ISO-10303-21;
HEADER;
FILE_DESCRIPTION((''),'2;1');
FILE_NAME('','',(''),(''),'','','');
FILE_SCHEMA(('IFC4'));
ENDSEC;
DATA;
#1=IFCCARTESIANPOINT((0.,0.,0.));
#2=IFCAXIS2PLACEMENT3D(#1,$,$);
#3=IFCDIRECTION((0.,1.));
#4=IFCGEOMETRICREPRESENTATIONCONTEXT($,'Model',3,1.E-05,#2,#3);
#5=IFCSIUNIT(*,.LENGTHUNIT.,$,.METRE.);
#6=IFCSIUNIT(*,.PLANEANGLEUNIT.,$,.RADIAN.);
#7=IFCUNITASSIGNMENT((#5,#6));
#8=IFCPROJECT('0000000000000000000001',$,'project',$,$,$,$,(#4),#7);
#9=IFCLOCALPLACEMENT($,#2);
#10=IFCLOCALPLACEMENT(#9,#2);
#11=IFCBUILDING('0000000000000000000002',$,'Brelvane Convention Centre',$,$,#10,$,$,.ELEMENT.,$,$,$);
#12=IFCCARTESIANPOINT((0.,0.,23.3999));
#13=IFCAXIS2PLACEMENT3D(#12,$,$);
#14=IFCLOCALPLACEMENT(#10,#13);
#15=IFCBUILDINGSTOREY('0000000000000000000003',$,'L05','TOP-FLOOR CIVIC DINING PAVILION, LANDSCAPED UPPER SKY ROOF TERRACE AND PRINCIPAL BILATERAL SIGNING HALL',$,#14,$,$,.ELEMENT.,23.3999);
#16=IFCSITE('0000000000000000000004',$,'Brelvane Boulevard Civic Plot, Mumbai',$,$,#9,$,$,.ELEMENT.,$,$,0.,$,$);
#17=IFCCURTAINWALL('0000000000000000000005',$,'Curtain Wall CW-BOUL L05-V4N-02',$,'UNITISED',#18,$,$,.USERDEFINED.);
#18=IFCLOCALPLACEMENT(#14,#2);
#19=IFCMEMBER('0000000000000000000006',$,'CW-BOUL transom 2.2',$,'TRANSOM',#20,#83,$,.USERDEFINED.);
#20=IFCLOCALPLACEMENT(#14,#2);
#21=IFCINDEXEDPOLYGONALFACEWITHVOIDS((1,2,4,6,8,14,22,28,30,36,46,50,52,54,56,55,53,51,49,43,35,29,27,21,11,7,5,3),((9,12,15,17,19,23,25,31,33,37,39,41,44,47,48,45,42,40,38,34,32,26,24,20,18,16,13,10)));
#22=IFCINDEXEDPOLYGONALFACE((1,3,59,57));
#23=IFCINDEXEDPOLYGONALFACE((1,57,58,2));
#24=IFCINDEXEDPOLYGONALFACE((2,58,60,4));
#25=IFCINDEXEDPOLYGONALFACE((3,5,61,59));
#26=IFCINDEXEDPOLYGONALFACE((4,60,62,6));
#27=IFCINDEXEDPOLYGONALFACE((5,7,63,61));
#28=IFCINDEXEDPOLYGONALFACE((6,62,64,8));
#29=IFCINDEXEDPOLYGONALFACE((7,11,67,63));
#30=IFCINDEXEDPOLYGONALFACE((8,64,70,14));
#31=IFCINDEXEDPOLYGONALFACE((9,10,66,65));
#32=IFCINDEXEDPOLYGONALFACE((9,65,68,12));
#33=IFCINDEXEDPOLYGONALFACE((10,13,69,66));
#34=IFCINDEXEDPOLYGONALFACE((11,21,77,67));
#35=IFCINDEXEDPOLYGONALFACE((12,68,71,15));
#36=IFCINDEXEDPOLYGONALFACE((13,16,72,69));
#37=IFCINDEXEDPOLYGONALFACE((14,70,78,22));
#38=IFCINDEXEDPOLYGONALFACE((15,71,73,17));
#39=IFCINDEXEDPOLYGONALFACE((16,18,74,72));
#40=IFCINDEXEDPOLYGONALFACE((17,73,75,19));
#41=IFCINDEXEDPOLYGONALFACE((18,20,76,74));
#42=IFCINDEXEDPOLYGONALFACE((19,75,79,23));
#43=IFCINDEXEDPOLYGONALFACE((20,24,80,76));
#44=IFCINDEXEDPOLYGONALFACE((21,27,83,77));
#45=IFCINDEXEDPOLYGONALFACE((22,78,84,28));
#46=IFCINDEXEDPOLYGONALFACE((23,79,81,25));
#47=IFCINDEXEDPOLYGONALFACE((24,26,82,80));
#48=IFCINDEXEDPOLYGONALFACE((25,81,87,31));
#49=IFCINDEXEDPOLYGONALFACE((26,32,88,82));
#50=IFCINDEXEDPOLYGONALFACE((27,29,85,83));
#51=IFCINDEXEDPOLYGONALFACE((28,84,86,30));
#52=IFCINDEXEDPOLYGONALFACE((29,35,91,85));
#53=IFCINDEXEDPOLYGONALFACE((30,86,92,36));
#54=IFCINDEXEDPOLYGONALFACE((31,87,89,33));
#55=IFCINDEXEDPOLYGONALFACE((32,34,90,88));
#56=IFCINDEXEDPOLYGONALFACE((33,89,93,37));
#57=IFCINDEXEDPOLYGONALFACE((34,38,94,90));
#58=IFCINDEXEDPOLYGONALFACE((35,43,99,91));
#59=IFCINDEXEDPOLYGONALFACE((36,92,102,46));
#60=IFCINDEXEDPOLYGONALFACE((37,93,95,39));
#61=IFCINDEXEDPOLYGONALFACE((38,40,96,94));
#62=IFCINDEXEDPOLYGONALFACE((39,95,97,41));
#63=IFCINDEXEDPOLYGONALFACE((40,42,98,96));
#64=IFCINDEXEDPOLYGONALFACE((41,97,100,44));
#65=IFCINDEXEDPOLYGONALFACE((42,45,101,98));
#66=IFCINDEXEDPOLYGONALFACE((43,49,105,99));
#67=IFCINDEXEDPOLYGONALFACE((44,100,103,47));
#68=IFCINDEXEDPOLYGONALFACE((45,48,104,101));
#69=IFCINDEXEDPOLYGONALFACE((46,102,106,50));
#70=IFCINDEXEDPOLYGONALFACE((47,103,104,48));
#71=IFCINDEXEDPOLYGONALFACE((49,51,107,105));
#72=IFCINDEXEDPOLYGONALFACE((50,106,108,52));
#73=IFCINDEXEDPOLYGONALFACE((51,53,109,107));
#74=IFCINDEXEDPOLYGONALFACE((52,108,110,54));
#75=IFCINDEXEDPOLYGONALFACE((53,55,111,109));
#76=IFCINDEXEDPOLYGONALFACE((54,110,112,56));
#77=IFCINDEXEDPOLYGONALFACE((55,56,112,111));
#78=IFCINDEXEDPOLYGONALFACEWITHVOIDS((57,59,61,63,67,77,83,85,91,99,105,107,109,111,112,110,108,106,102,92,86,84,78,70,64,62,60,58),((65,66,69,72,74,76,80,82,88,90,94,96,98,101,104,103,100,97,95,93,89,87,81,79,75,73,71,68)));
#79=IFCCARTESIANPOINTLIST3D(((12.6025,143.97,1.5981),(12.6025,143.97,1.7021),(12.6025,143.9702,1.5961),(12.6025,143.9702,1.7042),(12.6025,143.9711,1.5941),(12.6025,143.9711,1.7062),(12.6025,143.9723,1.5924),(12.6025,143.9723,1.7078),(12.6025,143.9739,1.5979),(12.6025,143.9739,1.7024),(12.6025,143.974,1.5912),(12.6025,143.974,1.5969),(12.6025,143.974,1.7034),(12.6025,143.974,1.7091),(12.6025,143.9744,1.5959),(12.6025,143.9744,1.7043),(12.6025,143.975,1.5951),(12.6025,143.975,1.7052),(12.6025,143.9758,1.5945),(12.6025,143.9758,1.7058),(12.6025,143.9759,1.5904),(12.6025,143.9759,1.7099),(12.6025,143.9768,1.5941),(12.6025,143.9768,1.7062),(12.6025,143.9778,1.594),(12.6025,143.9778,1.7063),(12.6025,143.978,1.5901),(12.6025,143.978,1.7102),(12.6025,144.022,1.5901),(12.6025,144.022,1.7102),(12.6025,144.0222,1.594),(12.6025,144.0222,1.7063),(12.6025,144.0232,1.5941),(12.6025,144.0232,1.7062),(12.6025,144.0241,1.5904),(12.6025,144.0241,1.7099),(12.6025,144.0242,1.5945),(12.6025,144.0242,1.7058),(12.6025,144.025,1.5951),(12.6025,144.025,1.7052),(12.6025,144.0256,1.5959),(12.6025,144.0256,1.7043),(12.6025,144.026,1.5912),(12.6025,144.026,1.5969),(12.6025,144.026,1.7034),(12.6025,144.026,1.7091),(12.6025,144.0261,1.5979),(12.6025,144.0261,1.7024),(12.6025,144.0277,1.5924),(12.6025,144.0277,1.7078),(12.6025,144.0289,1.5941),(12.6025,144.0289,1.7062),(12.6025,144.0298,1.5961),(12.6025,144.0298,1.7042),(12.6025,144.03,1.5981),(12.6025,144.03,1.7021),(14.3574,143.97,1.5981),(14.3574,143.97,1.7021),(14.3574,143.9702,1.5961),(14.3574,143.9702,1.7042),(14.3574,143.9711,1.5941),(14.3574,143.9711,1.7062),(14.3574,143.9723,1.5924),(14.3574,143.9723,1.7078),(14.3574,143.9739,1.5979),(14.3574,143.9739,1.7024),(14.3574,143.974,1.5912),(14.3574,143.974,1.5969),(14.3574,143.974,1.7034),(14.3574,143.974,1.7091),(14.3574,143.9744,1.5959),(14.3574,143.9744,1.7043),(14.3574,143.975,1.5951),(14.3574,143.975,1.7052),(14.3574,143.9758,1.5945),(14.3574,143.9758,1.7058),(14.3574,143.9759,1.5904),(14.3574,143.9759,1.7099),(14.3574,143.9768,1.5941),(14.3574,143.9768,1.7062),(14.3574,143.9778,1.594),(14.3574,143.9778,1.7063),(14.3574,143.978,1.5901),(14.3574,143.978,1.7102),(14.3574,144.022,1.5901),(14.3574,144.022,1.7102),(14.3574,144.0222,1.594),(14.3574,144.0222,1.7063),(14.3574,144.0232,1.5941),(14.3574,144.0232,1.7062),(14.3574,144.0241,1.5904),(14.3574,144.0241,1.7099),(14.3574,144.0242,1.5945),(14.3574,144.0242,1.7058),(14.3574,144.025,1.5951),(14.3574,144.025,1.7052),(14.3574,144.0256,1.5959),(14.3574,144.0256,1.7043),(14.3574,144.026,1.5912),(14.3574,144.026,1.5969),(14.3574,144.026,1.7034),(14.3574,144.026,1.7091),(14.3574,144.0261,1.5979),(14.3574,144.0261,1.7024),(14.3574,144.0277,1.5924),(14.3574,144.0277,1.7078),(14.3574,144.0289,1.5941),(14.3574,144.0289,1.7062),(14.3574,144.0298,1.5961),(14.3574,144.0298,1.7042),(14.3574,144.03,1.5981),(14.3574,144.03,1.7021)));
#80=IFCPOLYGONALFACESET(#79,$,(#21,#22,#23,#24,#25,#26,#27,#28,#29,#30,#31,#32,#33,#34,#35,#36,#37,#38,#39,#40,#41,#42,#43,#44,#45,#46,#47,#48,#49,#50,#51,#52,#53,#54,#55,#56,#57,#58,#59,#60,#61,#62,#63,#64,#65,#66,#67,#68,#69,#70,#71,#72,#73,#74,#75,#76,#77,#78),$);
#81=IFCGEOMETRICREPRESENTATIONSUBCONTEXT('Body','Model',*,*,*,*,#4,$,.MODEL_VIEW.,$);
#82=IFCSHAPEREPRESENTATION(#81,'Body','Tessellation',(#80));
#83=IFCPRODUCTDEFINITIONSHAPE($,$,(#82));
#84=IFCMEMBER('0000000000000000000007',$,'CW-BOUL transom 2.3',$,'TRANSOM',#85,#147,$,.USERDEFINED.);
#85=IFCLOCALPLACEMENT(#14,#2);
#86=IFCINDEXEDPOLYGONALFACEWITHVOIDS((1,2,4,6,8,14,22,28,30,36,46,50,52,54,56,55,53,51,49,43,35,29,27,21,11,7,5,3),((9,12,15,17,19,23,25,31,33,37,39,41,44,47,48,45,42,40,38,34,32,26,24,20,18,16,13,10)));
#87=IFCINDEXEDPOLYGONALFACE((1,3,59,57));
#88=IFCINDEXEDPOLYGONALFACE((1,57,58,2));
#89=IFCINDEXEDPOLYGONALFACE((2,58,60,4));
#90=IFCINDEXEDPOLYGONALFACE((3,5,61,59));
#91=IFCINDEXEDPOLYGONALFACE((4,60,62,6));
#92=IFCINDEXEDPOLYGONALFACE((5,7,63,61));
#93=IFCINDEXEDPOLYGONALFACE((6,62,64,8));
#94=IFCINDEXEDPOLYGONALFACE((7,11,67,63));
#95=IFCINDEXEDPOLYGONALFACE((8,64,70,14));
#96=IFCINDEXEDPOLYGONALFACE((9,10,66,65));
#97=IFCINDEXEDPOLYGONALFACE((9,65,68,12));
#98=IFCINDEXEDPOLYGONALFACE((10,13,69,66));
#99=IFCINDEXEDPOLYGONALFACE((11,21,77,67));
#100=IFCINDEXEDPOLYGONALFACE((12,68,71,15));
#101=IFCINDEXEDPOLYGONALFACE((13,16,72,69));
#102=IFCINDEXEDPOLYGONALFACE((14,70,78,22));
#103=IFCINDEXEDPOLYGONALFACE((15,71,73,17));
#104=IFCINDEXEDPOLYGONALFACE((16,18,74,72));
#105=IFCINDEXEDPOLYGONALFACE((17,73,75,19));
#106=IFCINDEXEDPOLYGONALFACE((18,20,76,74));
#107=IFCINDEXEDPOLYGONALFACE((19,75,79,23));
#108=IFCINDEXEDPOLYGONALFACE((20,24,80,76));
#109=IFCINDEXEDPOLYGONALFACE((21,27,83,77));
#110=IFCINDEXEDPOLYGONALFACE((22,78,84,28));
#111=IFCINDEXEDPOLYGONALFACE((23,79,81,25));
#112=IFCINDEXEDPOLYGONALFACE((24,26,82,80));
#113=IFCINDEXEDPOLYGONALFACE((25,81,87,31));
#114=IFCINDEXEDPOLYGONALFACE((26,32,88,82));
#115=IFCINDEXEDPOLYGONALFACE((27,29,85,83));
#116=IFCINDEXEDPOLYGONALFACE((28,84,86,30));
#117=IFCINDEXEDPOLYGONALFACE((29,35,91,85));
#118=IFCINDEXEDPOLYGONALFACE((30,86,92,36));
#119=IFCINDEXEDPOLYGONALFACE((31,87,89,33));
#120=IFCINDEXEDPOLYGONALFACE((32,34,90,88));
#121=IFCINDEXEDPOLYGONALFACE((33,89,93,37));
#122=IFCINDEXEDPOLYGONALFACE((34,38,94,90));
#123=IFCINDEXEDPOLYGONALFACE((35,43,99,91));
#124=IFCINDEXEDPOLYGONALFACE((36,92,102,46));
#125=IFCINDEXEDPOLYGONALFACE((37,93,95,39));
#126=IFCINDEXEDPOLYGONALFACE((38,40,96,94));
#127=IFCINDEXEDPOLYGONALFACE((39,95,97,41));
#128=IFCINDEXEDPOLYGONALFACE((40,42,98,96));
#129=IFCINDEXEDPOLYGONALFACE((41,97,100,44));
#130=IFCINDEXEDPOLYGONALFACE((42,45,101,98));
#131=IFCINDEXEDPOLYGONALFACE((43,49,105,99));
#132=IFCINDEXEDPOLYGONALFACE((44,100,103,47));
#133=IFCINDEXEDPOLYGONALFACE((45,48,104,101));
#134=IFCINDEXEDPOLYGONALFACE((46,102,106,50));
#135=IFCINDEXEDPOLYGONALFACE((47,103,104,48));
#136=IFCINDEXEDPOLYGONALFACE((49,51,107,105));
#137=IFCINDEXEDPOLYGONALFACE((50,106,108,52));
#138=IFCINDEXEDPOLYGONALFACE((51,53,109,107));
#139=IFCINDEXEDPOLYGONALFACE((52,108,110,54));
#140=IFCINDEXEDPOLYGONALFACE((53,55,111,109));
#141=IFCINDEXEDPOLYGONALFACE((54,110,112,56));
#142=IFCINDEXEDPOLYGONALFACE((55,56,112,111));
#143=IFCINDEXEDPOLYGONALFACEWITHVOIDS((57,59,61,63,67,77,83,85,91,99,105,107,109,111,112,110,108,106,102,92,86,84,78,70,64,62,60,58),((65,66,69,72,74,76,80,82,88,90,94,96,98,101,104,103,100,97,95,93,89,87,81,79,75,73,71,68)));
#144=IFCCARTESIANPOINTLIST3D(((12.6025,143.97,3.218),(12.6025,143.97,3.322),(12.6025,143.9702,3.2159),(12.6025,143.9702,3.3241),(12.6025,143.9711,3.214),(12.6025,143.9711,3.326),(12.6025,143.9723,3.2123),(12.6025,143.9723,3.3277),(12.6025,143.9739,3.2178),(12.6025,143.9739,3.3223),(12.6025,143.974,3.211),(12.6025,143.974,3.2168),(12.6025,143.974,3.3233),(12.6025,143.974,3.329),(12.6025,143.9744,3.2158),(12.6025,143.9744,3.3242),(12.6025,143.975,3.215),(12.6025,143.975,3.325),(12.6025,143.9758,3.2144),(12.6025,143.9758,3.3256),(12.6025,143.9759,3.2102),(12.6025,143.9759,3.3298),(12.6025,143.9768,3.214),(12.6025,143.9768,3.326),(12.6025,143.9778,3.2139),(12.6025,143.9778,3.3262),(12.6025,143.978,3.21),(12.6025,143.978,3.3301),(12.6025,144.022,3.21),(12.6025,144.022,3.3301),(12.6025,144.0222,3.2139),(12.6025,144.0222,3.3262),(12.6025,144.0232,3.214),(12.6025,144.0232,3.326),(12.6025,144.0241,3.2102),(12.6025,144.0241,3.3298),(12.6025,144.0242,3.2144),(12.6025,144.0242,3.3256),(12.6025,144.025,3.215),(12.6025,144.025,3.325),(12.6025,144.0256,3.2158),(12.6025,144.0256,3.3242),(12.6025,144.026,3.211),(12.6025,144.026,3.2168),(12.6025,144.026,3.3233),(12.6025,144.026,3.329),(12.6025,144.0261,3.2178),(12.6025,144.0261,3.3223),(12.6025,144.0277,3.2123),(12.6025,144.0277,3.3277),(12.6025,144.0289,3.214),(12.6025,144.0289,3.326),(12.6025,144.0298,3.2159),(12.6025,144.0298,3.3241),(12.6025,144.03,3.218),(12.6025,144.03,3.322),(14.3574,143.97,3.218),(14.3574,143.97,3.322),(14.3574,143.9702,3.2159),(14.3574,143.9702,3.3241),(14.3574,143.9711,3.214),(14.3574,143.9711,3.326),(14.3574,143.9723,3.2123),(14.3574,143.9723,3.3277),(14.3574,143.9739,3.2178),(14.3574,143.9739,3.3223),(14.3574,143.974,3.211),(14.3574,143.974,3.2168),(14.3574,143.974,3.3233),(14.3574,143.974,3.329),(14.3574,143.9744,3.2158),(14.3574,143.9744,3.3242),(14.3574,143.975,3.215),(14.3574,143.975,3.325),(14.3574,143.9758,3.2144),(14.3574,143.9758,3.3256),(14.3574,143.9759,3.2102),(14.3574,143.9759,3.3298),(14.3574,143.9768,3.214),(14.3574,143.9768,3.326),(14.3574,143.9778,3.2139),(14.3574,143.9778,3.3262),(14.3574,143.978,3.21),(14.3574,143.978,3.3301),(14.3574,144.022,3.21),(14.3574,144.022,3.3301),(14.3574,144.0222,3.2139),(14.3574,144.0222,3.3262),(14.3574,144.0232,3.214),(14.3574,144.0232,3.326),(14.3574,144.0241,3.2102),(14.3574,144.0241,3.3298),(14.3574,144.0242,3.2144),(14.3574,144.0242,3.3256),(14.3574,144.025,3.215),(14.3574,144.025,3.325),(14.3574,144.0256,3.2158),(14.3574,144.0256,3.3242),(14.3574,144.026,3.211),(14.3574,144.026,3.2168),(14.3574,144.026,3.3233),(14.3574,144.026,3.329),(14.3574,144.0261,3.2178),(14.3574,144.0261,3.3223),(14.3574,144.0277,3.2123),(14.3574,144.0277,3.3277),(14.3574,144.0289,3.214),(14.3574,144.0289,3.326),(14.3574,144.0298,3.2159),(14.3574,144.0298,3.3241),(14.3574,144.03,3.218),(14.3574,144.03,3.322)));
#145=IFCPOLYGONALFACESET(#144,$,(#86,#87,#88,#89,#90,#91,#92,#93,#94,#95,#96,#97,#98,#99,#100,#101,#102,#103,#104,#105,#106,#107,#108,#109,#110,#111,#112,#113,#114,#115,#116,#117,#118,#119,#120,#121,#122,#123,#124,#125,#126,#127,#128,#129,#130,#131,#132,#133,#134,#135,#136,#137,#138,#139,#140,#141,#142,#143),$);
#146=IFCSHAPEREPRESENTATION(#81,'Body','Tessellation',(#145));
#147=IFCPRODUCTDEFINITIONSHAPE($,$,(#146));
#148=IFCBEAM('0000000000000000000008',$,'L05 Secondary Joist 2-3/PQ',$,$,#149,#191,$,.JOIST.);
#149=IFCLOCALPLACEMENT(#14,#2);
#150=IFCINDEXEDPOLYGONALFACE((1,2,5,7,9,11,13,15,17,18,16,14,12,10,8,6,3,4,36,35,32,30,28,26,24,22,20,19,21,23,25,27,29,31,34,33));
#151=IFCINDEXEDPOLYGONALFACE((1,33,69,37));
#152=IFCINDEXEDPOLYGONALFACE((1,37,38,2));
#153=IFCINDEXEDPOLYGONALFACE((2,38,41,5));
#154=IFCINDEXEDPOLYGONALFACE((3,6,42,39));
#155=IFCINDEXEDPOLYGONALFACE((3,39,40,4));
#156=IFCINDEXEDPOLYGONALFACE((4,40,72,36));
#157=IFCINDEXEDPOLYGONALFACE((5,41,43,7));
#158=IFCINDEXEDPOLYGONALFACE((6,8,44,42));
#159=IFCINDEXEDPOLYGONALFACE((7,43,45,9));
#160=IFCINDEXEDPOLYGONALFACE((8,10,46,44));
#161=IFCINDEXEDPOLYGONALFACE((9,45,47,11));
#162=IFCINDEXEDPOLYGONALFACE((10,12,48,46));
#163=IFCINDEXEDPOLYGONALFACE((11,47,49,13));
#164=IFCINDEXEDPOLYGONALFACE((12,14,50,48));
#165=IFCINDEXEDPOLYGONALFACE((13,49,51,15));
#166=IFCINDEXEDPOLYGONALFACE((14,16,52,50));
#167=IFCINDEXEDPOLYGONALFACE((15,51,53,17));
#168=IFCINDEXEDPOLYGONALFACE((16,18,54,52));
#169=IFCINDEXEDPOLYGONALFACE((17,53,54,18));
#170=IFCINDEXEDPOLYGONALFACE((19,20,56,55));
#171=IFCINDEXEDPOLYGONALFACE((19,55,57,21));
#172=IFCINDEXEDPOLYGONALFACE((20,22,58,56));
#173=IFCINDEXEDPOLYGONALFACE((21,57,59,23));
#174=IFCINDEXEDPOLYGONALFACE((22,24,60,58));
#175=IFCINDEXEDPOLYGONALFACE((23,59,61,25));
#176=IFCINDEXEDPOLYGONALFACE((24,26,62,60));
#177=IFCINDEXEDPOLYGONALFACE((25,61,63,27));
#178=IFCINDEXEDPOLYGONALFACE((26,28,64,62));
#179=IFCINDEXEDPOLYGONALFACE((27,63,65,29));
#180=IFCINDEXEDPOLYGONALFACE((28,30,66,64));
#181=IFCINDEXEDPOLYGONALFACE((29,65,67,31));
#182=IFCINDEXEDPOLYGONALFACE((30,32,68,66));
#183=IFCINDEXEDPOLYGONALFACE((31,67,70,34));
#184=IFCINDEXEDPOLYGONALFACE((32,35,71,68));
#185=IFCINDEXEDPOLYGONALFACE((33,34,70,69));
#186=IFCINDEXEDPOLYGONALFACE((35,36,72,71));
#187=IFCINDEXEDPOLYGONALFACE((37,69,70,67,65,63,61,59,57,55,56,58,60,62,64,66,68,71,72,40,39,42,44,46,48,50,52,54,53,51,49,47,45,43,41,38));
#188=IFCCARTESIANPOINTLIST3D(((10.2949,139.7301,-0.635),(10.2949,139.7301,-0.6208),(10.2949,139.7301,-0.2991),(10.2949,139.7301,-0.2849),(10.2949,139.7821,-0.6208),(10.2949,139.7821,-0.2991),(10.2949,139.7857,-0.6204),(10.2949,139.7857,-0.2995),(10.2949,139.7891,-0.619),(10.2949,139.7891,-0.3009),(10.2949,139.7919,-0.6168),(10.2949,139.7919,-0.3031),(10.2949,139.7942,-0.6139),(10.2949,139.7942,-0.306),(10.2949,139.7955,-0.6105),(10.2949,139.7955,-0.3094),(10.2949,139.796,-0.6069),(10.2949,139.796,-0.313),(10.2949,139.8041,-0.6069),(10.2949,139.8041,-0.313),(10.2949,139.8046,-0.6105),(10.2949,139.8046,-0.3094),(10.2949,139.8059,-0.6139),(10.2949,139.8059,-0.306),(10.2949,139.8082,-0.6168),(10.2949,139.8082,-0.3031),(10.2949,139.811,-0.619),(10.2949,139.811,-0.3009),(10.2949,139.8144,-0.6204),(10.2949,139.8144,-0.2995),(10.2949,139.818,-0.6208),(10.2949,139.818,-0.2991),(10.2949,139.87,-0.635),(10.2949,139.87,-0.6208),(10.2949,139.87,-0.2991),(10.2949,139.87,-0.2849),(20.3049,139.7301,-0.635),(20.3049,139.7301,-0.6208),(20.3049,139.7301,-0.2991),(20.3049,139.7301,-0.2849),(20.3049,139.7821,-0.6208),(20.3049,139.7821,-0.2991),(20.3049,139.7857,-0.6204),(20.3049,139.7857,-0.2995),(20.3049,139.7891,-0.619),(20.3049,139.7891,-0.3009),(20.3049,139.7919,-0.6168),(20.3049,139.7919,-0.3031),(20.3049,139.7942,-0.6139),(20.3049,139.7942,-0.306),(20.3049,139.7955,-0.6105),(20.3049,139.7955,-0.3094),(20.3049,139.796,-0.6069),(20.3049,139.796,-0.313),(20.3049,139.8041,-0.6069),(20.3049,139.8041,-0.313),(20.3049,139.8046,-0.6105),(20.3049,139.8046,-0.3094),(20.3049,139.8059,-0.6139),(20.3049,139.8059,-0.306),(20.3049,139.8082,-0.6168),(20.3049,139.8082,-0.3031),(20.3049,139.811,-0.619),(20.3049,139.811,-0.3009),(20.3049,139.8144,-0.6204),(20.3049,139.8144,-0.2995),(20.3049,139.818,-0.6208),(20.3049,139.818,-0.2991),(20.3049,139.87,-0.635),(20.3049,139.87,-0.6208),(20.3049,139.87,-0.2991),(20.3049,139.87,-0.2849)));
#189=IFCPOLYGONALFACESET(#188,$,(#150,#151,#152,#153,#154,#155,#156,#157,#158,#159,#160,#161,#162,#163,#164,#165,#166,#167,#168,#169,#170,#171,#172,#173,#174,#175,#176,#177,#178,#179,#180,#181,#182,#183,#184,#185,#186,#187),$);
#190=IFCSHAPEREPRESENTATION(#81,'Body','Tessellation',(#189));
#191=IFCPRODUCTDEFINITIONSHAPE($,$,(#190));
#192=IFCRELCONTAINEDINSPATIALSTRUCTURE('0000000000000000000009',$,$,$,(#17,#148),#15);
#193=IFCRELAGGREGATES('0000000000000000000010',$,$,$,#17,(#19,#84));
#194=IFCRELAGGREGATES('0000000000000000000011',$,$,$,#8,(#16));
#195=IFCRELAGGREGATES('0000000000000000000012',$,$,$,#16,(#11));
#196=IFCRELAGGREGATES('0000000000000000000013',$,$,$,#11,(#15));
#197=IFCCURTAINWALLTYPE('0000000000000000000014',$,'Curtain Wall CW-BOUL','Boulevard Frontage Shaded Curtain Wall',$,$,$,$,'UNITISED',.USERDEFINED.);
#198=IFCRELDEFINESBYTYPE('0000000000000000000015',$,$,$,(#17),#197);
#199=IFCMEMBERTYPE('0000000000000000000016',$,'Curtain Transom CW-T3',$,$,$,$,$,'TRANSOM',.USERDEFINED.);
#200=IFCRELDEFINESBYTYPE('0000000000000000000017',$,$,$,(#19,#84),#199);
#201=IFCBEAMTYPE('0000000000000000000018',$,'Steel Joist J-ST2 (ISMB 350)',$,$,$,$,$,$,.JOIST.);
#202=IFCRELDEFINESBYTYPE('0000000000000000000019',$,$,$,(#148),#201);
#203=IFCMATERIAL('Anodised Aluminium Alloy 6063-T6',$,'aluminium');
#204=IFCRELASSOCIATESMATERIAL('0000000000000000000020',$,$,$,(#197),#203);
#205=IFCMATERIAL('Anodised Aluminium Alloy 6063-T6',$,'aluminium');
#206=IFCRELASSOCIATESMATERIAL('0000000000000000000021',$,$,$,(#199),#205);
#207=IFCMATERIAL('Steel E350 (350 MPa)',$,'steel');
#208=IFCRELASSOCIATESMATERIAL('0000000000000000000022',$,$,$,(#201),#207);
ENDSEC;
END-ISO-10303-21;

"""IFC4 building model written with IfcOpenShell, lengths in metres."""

from ifc_helpers import new_model, si_unit, direction, frame, origin, origin_2d, place, context, subcontext, project, spatial, hollow_rectangle, i_section, extrude, material, material_profile, profile_set, type_object, element, aggregate, save


model = new_model("IFC4")

# Units and contexts
model_context = context("Model", 3, precision=1e-05, world=origin(), true_north=direction((0.0, 1.0)))
body_context = subcontext(model_context, "Body", "Model", "MODEL_VIEW")
ifc_project = project(units=[si_unit("LENGTHUNIT", "METRE"), si_unit("PLANEANGLEUNIT", "RADIAN")], contexts=[model_context])

# Site, building, storey
site_placement = place(None, origin())
site = spatial("IfcSite", under=ifc_project, at=site_placement, Name="Brelvane Boulevard Civic Plot, Mumbai", CompositionType="ELEMENT", RefElevation=0.0)
building_placement = place(site_placement, origin())
building = spatial("IfcBuilding", under=site, at=building_placement, Name="Brelvane Convention Centre", CompositionType="ELEMENT")
storey_placement = place(building_placement, frame((0.0, 0.0, 23.3999)))
storey = spatial("IfcBuildingStorey", under=building, at=storey_placement, Name="L05", Description="TOP-FLOOR CIVIC DINING PAVILION, LANDSCAPED UPPER SKY ROOF TERRACE AND PRINCIPAL BILATERAL SIGNING HALL", CompositionType="ELEMENT", Elevation=23.3999)

# Curtain wall, members
ifc_material_1 = material(Name="Anodised Aluminium Alloy 6063-T6", Category="aluminium")
curtain_wall_type = type_object("IfcCurtainWallType", Name="Curtain Wall CW-BOUL", Description="Boulevard Frontage Shaded Curtain Wall", ElementType="UNITISED", PredefinedType="USERDEFINED", material=ifc_material_1)
curtain_wall_placement = place(storey_placement, origin())
curtain_wall = element("IfcCurtainWall", 1, at=curtain_wall_placement, inside=storey, type_object=curtain_wall_type, Name="Curtain Wall CW-BOUL L05-V4N-02", ObjectType="UNITISED", PredefinedType="USERDEFINED")
ifc_material_2 = material(Name="Anodised Aluminium Alloy 6063-T6", Category="aluminium")
ifc_material_profile_1 = material_profile(ifc_material_2, hollow_rectangle(XDim=0.0601, YDim=0.1201, WallThickness=0.0039, InnerFilletRadius=0.0039, OuterFilletRadius=0.0081, at=origin_2d()), Name="ALU-T 120x60x4.0")
ifc_profile_set_1 = profile_set([ifc_material_profile_1], Name="Anodised Aluminium Alloy 6063-T6")
member_type_1 = type_object("IfcMemberType", Name="Curtain Transom CW-T3", ElementType="TRANSOM", PredefinedType="USERDEFINED", material=ifc_profile_set_1)
member_1_placement = place(storey_placement, frame((12.6025, 144.0, 1.6501), z_axis=(1.0, 0.0, 0.0), x_axis=(0.0, 1.0, 0.0)))
member_1 = element("IfcMember", 2, at=member_1_placement, type_object=member_type_1, Name="CW-BOUL transom 2.2", ObjectType="TRANSOM", PredefinedType="USERDEFINED", context=body_context, shape_type="SweptSolid", body=[
    extrude(hollow_rectangle(XDim=0.0601, YDim=0.1201, WallThickness=0.0039, InnerFilletRadius=0.0039, OuterFilletRadius=0.0081, at=origin_2d()), origin(), (0.0, 0.0, 1.0), 1.7549),
])
member_2_placement = place(storey_placement, frame((12.6025, 144.0, 3.27), z_axis=(1.0, 0.0, 0.0), x_axis=(0.0, 1.0, 0.0)))
member_2 = element("IfcMember", 3, at=member_2_placement, type_object=member_type_1, Name="CW-BOUL transom 2.3", ObjectType="TRANSOM", PredefinedType="USERDEFINED", context=body_context, shape_type="SweptSolid", body=[
    extrude(hollow_rectangle(XDim=0.0601, YDim=0.1201, WallThickness=0.0039, InnerFilletRadius=0.0039, OuterFilletRadius=0.0081, at=origin_2d()), origin(), (0.0, 0.0, 1.0), 1.7549),
])

# Beam
ifc_material_3 = material(Name="Steel E350 (350 MPa)", Category="steel")
ifc_material_profile_2 = material_profile(ifc_material_3, i_section(OverallWidth=0.1399, OverallDepth=0.3501, WebThickness=0.0081, FlangeThickness=0.0142, FilletRadius=0.0139, at=origin_2d()), Name="ISMB 350")
ifc_profile_set_2 = profile_set([ifc_material_profile_2], Name="Steel E350 (350 MPa)")
beam_type_1 = type_object("IfcBeamType", Name="Steel Joist J-ST2 (ISMB 350)", PredefinedType="JOIST", material=ifc_profile_set_2)
beam_placement = place(storey_placement, frame((10.2949, 139.8, -0.46), z_axis=(1.0, 0.0, 0.0), x_axis=(0.0, 1.0, 0.0)))
element("IfcBeam", 4, at=beam_placement, inside=storey, type_object=beam_type_1, Name="L05 Secondary Joist 2-3/PQ", PredefinedType="JOIST", context=body_context, shape_type="SweptSolid", body=[
    extrude(i_section(OverallWidth=0.1399, OverallDepth=0.3501, WebThickness=0.0081, FlangeThickness=0.0142, FilletRadius=0.0139, at=origin_2d()), origin(), (0.0, 0.0, 1.0), 10.01),
])

aggregate(curtain_wall, [member_1, member_2])

save(model, "model.ifc")
